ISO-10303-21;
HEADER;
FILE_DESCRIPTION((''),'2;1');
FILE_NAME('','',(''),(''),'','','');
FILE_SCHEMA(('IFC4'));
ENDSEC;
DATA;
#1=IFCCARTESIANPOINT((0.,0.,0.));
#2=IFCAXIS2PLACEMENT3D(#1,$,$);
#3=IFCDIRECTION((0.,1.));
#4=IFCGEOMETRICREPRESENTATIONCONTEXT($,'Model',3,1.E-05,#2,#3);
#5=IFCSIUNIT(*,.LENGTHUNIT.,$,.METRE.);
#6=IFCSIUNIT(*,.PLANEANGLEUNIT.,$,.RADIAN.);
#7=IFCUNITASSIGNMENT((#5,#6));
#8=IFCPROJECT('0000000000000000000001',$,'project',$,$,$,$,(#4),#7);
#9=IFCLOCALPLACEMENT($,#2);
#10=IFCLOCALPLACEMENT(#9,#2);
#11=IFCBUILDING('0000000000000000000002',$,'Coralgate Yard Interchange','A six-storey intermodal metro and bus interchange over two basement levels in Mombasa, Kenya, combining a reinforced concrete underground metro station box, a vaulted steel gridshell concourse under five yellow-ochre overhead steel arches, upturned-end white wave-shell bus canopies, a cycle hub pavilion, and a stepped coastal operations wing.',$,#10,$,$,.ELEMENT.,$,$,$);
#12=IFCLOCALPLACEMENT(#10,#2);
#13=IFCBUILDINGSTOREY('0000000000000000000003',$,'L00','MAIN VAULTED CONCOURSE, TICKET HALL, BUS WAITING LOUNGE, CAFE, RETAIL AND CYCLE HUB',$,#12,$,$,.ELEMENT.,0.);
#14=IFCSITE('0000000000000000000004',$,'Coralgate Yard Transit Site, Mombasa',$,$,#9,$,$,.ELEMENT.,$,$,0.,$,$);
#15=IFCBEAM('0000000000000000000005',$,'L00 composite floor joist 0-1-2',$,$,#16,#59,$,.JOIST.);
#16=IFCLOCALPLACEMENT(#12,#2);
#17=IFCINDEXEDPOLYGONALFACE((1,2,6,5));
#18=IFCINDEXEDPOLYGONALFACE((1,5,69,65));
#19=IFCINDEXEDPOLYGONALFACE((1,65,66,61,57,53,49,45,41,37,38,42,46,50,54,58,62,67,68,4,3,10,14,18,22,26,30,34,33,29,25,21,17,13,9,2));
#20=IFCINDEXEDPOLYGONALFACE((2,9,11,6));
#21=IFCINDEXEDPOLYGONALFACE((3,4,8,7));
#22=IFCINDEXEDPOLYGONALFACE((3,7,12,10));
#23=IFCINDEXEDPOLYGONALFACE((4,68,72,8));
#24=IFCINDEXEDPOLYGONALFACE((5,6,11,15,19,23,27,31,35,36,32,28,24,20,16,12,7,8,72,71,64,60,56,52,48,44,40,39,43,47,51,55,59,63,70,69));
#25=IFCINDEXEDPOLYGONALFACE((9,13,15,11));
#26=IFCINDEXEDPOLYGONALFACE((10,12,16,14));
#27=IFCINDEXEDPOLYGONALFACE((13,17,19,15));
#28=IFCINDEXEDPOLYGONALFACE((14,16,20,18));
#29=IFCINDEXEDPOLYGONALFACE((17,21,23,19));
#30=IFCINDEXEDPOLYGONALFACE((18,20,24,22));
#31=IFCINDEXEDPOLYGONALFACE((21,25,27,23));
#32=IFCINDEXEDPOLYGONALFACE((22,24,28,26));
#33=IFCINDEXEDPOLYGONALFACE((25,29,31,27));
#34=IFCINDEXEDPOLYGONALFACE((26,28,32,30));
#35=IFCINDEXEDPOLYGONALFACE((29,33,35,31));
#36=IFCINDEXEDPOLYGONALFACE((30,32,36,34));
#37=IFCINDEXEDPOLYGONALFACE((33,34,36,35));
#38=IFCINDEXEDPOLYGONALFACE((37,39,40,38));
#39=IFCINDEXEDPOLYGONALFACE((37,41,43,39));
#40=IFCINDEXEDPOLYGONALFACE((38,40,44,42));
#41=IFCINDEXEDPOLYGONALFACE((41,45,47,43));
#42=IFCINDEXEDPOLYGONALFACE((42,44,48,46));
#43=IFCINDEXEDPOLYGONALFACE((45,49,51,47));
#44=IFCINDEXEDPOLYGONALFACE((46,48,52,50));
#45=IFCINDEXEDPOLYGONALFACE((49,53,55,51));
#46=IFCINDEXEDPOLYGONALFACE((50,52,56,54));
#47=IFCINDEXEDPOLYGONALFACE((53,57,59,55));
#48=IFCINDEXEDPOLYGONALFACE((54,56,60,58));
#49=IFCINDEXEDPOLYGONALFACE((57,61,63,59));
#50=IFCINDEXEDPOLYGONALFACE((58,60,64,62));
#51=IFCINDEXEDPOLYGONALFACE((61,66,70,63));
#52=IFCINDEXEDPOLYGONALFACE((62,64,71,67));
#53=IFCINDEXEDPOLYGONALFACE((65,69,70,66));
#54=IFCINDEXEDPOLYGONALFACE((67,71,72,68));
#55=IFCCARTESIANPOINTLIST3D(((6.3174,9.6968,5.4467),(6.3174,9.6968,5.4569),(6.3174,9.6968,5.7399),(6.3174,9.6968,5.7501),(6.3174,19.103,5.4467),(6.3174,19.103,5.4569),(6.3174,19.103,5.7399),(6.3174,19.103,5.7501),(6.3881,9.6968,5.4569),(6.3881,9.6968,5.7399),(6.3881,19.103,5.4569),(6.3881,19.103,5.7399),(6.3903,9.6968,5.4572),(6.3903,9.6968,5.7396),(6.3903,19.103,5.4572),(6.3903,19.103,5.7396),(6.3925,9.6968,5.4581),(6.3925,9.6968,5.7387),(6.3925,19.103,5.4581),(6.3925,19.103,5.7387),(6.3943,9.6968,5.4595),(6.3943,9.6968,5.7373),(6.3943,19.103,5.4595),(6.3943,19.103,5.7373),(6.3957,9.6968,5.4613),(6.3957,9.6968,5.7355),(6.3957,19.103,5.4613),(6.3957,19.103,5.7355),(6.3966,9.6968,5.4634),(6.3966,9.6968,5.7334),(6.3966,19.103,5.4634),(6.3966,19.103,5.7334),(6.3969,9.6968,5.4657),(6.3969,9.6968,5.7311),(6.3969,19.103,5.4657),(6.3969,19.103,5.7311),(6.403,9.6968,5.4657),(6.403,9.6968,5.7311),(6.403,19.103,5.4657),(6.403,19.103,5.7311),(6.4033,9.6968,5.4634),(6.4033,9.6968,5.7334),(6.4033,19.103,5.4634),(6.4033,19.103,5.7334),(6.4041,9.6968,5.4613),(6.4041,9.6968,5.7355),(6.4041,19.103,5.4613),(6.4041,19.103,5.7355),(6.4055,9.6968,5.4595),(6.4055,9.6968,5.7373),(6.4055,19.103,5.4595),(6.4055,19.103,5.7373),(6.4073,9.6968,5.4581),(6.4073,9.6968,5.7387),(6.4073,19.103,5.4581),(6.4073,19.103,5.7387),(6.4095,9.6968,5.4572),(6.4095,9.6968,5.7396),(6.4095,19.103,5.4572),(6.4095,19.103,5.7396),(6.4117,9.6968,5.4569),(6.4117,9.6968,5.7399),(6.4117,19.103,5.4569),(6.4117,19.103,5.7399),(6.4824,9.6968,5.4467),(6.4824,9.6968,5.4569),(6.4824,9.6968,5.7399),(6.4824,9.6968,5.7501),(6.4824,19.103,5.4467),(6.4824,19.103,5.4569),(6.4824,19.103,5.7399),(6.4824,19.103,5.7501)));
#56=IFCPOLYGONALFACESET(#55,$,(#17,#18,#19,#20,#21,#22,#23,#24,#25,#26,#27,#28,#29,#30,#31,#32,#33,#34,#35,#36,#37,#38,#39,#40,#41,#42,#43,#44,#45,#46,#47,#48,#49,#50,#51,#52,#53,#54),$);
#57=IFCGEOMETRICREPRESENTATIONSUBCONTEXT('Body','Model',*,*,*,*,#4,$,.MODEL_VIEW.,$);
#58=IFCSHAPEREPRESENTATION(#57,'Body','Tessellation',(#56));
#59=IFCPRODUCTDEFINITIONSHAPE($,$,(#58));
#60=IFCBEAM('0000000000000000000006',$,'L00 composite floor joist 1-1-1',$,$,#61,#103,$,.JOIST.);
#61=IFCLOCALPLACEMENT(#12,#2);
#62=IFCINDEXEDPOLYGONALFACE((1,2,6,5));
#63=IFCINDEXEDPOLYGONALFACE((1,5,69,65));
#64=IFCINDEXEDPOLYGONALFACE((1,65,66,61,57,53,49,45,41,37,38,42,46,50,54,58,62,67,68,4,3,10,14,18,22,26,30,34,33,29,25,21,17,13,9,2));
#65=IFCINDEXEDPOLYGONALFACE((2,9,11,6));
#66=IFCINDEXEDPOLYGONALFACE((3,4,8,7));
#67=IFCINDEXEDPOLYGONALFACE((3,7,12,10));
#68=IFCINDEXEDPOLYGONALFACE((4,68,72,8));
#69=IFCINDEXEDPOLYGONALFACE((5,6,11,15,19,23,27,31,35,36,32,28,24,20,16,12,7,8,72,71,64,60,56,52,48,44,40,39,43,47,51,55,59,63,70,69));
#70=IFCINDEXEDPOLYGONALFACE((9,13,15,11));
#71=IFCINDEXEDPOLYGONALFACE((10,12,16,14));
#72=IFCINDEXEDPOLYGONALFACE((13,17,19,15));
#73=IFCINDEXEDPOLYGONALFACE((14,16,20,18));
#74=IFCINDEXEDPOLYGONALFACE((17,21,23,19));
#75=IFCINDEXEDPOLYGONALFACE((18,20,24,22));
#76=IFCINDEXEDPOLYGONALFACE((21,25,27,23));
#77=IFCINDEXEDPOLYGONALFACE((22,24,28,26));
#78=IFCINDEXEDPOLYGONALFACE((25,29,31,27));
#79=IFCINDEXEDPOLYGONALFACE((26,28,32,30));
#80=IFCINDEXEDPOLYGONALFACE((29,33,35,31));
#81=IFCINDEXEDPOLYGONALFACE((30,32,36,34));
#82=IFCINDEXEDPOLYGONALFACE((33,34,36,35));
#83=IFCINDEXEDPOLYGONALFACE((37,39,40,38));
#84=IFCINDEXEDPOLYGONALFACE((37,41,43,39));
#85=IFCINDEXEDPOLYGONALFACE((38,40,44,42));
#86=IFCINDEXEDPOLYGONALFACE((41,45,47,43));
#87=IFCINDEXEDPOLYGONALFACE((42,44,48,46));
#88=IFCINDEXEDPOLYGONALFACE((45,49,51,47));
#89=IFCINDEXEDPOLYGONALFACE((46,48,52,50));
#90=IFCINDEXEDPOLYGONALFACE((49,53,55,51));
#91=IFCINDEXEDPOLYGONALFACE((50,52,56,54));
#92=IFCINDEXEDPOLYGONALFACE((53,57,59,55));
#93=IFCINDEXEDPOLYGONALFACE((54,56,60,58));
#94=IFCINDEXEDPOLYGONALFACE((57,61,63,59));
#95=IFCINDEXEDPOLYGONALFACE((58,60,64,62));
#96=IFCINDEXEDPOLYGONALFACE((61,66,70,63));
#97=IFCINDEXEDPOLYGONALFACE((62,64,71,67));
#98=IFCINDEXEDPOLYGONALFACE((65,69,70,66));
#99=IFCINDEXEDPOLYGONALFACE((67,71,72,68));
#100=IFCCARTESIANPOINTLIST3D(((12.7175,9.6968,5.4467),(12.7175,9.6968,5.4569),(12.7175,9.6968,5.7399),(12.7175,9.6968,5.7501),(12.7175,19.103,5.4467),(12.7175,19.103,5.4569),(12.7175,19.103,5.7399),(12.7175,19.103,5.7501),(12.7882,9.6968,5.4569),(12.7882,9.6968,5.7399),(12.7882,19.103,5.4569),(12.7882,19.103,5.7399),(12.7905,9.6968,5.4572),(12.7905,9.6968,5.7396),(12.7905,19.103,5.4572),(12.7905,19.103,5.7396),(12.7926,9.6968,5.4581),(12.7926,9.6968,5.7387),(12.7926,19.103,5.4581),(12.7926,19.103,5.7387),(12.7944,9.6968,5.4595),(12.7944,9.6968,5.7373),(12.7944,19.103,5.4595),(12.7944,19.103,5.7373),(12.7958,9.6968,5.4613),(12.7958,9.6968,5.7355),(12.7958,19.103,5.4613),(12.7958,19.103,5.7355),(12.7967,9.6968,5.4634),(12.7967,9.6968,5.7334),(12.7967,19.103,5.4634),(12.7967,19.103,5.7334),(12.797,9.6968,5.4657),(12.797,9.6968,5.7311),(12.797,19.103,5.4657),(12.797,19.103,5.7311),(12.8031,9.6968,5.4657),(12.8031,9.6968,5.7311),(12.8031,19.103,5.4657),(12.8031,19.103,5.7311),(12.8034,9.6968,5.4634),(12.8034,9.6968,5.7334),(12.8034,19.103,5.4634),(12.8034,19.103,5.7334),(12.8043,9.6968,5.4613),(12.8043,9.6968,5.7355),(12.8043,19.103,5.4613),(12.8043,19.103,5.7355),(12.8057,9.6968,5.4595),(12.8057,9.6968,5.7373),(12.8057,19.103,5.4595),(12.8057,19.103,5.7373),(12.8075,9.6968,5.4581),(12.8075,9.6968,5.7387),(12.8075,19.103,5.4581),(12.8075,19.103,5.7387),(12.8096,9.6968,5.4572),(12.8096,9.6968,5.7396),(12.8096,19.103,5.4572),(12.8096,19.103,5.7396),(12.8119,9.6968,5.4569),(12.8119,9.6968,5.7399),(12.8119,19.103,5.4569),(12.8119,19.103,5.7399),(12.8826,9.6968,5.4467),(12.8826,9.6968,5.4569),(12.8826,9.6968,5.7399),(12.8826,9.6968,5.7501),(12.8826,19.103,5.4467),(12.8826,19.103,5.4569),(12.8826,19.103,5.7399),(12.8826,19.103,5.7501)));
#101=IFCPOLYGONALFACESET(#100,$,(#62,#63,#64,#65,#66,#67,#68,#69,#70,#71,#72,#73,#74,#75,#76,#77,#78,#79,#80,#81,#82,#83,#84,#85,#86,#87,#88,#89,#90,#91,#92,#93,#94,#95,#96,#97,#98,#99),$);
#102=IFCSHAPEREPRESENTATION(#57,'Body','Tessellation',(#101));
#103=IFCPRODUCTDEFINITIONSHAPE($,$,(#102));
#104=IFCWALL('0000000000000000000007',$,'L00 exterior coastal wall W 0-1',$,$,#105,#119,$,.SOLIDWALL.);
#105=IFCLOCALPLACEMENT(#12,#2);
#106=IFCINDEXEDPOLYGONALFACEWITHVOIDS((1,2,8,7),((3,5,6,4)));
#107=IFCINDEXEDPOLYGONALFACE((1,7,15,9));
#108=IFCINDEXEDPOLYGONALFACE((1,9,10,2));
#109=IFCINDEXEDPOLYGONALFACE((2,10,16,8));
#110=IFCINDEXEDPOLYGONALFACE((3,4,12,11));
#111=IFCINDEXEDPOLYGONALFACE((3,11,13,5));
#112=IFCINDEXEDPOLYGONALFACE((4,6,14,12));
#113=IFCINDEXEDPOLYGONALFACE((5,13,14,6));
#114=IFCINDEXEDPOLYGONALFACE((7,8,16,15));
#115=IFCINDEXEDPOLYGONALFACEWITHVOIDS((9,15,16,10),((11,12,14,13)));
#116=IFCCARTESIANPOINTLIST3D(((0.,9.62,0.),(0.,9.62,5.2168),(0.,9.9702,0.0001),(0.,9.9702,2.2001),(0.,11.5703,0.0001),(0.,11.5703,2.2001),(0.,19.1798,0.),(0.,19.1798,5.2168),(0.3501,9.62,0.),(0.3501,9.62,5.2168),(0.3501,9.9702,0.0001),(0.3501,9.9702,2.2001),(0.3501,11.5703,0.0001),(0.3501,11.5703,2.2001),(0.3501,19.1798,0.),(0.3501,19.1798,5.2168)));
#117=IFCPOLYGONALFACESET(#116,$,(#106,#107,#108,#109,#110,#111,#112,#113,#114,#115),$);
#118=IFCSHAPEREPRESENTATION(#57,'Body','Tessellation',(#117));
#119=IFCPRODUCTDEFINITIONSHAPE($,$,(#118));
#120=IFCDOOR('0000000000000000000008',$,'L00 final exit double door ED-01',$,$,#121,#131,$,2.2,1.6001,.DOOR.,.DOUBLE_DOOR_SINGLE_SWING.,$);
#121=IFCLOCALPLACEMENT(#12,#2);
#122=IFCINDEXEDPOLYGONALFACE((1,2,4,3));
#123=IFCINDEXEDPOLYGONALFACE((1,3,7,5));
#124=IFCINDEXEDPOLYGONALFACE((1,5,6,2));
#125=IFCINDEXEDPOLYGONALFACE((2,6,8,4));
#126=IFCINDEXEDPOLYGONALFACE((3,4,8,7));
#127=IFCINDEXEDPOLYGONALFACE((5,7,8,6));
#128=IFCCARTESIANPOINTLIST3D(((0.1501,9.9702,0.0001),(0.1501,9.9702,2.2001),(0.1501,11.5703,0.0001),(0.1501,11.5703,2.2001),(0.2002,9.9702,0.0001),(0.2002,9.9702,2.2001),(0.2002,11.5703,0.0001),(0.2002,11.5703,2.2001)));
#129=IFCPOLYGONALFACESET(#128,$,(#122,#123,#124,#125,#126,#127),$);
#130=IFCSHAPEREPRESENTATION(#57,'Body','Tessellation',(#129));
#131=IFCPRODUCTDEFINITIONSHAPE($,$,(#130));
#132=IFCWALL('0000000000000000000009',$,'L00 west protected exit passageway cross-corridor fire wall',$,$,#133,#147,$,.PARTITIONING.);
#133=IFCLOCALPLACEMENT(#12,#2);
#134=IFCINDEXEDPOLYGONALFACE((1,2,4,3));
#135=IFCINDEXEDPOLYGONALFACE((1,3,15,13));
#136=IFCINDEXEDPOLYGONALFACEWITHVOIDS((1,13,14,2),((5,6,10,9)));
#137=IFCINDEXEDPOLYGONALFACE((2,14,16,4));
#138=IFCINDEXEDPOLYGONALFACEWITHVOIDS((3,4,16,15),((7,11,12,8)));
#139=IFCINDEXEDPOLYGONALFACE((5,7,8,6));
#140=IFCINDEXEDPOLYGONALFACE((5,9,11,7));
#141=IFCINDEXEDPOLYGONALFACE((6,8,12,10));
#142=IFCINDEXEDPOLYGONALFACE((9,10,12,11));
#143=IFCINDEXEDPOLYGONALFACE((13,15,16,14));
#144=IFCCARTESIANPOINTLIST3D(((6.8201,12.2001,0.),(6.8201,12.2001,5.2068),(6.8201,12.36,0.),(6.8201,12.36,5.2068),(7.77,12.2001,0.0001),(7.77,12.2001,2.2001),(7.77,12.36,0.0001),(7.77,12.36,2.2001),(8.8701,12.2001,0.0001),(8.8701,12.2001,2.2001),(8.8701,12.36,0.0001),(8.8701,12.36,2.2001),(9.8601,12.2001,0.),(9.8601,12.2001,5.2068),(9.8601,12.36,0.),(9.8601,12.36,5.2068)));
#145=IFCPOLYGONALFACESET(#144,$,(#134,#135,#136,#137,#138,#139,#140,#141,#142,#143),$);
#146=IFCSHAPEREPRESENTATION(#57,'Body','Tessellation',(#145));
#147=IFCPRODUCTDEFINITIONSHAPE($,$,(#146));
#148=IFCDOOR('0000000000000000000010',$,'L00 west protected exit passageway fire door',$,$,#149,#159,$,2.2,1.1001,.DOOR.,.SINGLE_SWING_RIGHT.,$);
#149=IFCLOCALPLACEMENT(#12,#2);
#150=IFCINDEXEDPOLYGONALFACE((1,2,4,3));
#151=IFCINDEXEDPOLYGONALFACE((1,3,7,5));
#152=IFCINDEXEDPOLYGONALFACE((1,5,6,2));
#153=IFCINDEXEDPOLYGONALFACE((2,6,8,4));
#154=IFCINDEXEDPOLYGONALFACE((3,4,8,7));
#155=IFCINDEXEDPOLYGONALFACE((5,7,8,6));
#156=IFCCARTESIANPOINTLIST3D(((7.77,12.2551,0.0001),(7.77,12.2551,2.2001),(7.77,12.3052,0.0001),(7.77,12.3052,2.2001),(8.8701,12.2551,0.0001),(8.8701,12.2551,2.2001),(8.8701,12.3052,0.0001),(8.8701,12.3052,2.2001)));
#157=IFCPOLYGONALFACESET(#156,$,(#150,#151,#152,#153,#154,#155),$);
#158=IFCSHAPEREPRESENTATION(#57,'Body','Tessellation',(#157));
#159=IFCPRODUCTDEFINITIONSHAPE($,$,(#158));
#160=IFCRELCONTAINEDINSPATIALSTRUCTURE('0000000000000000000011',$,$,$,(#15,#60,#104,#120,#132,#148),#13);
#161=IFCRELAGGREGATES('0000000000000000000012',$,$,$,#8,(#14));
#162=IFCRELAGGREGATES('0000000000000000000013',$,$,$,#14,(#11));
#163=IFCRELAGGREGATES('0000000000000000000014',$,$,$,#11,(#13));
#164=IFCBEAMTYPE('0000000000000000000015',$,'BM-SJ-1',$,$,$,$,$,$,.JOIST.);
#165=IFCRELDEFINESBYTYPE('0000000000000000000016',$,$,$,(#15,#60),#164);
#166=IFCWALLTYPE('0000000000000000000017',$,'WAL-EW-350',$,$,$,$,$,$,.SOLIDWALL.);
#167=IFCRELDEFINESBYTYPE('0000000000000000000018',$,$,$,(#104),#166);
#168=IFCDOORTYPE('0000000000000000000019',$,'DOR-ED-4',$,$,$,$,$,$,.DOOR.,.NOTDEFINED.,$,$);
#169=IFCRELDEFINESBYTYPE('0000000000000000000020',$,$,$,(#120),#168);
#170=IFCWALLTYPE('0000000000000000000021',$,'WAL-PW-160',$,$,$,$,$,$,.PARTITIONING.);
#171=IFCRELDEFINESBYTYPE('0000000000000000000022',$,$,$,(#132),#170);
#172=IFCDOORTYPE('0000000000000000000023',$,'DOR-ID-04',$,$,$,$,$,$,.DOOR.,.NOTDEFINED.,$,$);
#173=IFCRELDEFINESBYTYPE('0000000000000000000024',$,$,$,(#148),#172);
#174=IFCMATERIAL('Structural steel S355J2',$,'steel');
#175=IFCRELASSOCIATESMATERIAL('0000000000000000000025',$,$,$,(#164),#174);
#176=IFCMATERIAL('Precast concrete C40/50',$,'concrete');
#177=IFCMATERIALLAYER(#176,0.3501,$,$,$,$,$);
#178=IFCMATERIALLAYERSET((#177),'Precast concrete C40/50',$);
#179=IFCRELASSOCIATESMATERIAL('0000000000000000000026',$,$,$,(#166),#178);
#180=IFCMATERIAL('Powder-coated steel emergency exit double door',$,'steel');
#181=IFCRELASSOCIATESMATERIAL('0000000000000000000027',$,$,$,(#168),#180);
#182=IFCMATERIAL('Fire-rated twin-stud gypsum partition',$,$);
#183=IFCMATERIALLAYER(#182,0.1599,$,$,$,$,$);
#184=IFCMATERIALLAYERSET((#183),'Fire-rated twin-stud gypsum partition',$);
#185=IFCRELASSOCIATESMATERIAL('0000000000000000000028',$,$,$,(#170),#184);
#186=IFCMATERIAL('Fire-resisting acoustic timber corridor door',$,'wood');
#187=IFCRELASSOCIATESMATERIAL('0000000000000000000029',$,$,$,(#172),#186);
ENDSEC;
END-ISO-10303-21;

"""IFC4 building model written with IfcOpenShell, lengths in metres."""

from ifc_helpers import new_model, si_unit, direction, frame, frame_2d, origin, origin_2d, place, context, subcontext, project, spatial, rectangle, i_section, extrude, material, layer, layer_set, material_profile, profile_set, type_object, element, fill, save


model = new_model("IFC4")

# Units and contexts
model_context = context("Model", 3, precision=1e-05, world=origin(), true_north=direction((0.0, 1.0)))
body_context = subcontext(model_context, "Body", "Model", "MODEL_VIEW")
ifc_project = project(units=[si_unit("LENGTHUNIT", "METRE"), si_unit("PLANEANGLEUNIT", "RADIAN")], contexts=[model_context])

# Site, building, storey
site_placement = place(None, origin())
site = spatial("IfcSite", under=ifc_project, at=site_placement, Name="Coralgate Yard Transit Site, Mombasa", CompositionType="ELEMENT", RefElevation=0.0)
building_placement = place(site_placement, origin())
building = spatial("IfcBuilding", under=site, at=building_placement, Name="Coralgate Yard Interchange", Description="A six-storey intermodal metro and bus interchange over two basement levels in Mombasa, Kenya, combining a reinforced concrete underground metro station box, a vaulted steel gridshell concourse under five yellow-ochre overhead steel arches, upturned-end white wave-shell bus canopies, a cycle hub pavilion, and a stepped coastal operations wing.", CompositionType="ELEMENT")
storey_placement = place(building_placement, origin())
storey = spatial("IfcBuildingStorey", under=building, at=storey_placement, Name="L00", Description="MAIN VAULTED CONCOURSE, TICKET HALL, BUS WAITING LOUNGE, CAFE, RETAIL AND CYCLE HUB", CompositionType="ELEMENT", Elevation=0.0)

# Shared definitions
ifc_material_1 = material(Name="Structural steel S355J2", Category="steel")

# Beams
ifc_material_profile_1 = material_profile(ifc_material_1, i_section(OverallWidth=0.165, OverallDepth=0.3035, WebThickness=0.0061, FlangeThickness=0.0103, FilletRadius=0.0088, at=origin_2d()), Name="UB 305x165x40")
ifc_profile_set_1 = profile_set([ifc_material_profile_1], Name="Structural steel S355J2")
beam_type_1 = type_object("IfcBeamType", Name="BM-SJ-1", PredefinedType="JOIST", material=ifc_profile_set_1)
for number, where, z_axis, x_axis, name in (
    (1, (6.3999, 9.6968, 5.5984), (0.0, 1.0, 0.0), (-1.0, 0.0, 0.0), "L00 composite floor joist 0-1-2"),
    (2, (12.8, 9.6968, 5.5984), (0.0, 1.0, 0.0), (-1.0, 0.0, 0.0), "L00 composite floor joist 1-1-1"),
):
    element("IfcBeam", number, at=place(storey_placement, frame(where, z_axis=z_axis, x_axis=x_axis)), inside=storey, type_object=beam_type_1, Name=name, PredefinedType="JOIST", context=body_context, shape_type="SweptSolid", body=[
        extrude(i_section(OverallWidth=0.165, OverallDepth=0.3035, WebThickness=0.0061, FlangeThickness=0.0103, FilletRadius=0.0088, at=origin_2d()), origin(), (0.0, 0.0, 1.0), 9.4062),
    ])

# Walls, openings, doors
ifc_material_2 = material(Name="Precast concrete C40/50", Category="concrete")
ifc_layer_1 = layer(ifc_material_2, 0.3501)
ifc_layer_set_1 = layer_set([ifc_layer_1], Name="Precast concrete C40/50")
wall_type_1 = type_object("IfcWallType", Name="WAL-EW-350", PredefinedType="SOLIDWALL", material=ifc_layer_set_1)
wall_1_placement = place(storey_placement, frame((0.175, 9.6201, 0.0), z_axis=(0.0, 0.0, 1.0), x_axis=(0.0, 1.0, 0.0)))
wall_1 = element("IfcWall", 3, at=wall_1_placement, inside=storey, type_object=wall_type_1, Name="L00 exterior coastal wall W 0-1", PredefinedType="SOLIDWALL", context=body_context, shape_type="SweptSolid", body=[
    extrude(rectangle(XDim=9.5598, YDim=0.3501, at=frame_2d((4.7798, 0.0))), origin(), (0.0, 0.0, 1.0), 5.2168),
])
opening_1_placement = place(wall_1_placement, frame((0.3501, 0.0, 0.0)))
opening_1 = element("IfcOpeningElement", 4, at=opening_1_placement, cuts=wall_1, PredefinedType="OPENING", context=body_context, shape_type="SweptSolid", body=[
    extrude(rectangle(XDim=1.6001, YDim=2.2, at=frame_2d((0.8, 1.1001))), frame((0.0, 0.1851, 0.0), z_axis=(0.0, -1.0, 0.0), x_axis=(1.0, 0.0, 0.0)), (0.0, 0.0, 1.0), 0.3701),
])
ifc_material_3 = material(Name="Powder-coated steel emergency exit double door", Category="steel")
door_type_1 = type_object("IfcDoorType", Name="DOR-ED-4", OperationType="NOTDEFINED", PredefinedType="DOOR", material=ifc_material_3)
door_1_placement = place(opening_1_placement, origin())
door_1 = element("IfcDoor", 5, at=door_1_placement, inside=storey, type_object=door_type_1, Name="L00 final exit double door ED-01", OperationType="DOUBLE_DOOR_SINGLE_SWING", OverallHeight=2.2, OverallWidth=1.6001, PredefinedType="DOOR", context=body_context, shape_type="SweptSolid", body=[
    extrude(rectangle(XDim=1.6001, YDim=2.2, at=frame_2d((0.8, 1.1001))), frame((0.0, 0.0249, 0.0), z_axis=(0.0, -1.0, 0.0), x_axis=(1.0, 0.0, 0.0)), (0.0, 0.0, 1.0), 0.05),
])
fill(opening_1, door_1)
ifc_material_4 = material(Name="Fire-rated twin-stud gypsum partition")
ifc_layer_2 = layer(ifc_material_4, 0.1599)
ifc_layer_set_2 = layer_set([ifc_layer_2], Name="Fire-rated twin-stud gypsum partition")
wall_type_2 = type_object("IfcWallType", Name="WAL-PW-160", PredefinedType="PARTITIONING", material=ifc_layer_set_2)
wall_2_placement = place(storey_placement, frame((6.8201, 12.28, 0.0), z_axis=(0.0, 0.0, 1.0), x_axis=(1.0, 0.0, 0.0)))
wall_2 = element("IfcWall", 6, at=wall_2_placement, inside=storey, type_object=wall_type_2, Name="L00 west protected exit passageway cross-corridor fire wall", PredefinedType="PARTITIONING", context=body_context, shape_type="SweptSolid", body=[
    extrude(rectangle(XDim=3.04, YDim=0.1599, at=frame_2d((1.52, 0.0))), origin(), (0.0, 0.0, 1.0), 5.2068),
])
opening_2_placement = place(wall_2_placement, frame((0.95, 0.0, 0.0)))
opening_2 = element("IfcOpeningElement", 7, at=opening_2_placement, cuts=wall_2, PredefinedType="OPENING", context=body_context, shape_type="SweptSolid", body=[
    extrude(rectangle(XDim=1.1001, YDim=2.2, at=frame_2d((0.55, 1.1001))), frame((0.0, 0.0898, 0.0), z_axis=(0.0, -1.0, 0.0), x_axis=(1.0, 0.0, 0.0)), (0.0, 0.0, 1.0), 0.1799),
])
ifc_material_5 = material(Name="Fire-resisting acoustic timber corridor door", Category="wood")
door_type_2 = type_object("IfcDoorType", Name="DOR-ID-04", OperationType="NOTDEFINED", PredefinedType="DOOR", material=ifc_material_5)
door_2_placement = place(opening_2_placement, frame((1.1001, 0.0, 0.0), z_axis=(0.0, 0.0, 1.0), x_axis=(-1.0, 0.0, 0.0)))
door_2 = element("IfcDoor", 8, at=door_2_placement, inside=storey, type_object=door_type_2, Name="L00 west protected exit passageway fire door", OperationType="SINGLE_SWING_RIGHT", OverallHeight=2.2, OverallWidth=1.1001, PredefinedType="DOOR", context=body_context, shape_type="SweptSolid", body=[
    extrude(rectangle(XDim=1.1001, YDim=2.2, at=frame_2d((0.55, 1.1001))), frame((0.0, 0.0249, 0.0), z_axis=(0.0, -1.0, 0.0), x_axis=(1.0, 0.0, 0.0)), (0.0, 0.0, 1.0), 0.05),
])
fill(opening_2, door_2)

save(model, "model.ifc")
